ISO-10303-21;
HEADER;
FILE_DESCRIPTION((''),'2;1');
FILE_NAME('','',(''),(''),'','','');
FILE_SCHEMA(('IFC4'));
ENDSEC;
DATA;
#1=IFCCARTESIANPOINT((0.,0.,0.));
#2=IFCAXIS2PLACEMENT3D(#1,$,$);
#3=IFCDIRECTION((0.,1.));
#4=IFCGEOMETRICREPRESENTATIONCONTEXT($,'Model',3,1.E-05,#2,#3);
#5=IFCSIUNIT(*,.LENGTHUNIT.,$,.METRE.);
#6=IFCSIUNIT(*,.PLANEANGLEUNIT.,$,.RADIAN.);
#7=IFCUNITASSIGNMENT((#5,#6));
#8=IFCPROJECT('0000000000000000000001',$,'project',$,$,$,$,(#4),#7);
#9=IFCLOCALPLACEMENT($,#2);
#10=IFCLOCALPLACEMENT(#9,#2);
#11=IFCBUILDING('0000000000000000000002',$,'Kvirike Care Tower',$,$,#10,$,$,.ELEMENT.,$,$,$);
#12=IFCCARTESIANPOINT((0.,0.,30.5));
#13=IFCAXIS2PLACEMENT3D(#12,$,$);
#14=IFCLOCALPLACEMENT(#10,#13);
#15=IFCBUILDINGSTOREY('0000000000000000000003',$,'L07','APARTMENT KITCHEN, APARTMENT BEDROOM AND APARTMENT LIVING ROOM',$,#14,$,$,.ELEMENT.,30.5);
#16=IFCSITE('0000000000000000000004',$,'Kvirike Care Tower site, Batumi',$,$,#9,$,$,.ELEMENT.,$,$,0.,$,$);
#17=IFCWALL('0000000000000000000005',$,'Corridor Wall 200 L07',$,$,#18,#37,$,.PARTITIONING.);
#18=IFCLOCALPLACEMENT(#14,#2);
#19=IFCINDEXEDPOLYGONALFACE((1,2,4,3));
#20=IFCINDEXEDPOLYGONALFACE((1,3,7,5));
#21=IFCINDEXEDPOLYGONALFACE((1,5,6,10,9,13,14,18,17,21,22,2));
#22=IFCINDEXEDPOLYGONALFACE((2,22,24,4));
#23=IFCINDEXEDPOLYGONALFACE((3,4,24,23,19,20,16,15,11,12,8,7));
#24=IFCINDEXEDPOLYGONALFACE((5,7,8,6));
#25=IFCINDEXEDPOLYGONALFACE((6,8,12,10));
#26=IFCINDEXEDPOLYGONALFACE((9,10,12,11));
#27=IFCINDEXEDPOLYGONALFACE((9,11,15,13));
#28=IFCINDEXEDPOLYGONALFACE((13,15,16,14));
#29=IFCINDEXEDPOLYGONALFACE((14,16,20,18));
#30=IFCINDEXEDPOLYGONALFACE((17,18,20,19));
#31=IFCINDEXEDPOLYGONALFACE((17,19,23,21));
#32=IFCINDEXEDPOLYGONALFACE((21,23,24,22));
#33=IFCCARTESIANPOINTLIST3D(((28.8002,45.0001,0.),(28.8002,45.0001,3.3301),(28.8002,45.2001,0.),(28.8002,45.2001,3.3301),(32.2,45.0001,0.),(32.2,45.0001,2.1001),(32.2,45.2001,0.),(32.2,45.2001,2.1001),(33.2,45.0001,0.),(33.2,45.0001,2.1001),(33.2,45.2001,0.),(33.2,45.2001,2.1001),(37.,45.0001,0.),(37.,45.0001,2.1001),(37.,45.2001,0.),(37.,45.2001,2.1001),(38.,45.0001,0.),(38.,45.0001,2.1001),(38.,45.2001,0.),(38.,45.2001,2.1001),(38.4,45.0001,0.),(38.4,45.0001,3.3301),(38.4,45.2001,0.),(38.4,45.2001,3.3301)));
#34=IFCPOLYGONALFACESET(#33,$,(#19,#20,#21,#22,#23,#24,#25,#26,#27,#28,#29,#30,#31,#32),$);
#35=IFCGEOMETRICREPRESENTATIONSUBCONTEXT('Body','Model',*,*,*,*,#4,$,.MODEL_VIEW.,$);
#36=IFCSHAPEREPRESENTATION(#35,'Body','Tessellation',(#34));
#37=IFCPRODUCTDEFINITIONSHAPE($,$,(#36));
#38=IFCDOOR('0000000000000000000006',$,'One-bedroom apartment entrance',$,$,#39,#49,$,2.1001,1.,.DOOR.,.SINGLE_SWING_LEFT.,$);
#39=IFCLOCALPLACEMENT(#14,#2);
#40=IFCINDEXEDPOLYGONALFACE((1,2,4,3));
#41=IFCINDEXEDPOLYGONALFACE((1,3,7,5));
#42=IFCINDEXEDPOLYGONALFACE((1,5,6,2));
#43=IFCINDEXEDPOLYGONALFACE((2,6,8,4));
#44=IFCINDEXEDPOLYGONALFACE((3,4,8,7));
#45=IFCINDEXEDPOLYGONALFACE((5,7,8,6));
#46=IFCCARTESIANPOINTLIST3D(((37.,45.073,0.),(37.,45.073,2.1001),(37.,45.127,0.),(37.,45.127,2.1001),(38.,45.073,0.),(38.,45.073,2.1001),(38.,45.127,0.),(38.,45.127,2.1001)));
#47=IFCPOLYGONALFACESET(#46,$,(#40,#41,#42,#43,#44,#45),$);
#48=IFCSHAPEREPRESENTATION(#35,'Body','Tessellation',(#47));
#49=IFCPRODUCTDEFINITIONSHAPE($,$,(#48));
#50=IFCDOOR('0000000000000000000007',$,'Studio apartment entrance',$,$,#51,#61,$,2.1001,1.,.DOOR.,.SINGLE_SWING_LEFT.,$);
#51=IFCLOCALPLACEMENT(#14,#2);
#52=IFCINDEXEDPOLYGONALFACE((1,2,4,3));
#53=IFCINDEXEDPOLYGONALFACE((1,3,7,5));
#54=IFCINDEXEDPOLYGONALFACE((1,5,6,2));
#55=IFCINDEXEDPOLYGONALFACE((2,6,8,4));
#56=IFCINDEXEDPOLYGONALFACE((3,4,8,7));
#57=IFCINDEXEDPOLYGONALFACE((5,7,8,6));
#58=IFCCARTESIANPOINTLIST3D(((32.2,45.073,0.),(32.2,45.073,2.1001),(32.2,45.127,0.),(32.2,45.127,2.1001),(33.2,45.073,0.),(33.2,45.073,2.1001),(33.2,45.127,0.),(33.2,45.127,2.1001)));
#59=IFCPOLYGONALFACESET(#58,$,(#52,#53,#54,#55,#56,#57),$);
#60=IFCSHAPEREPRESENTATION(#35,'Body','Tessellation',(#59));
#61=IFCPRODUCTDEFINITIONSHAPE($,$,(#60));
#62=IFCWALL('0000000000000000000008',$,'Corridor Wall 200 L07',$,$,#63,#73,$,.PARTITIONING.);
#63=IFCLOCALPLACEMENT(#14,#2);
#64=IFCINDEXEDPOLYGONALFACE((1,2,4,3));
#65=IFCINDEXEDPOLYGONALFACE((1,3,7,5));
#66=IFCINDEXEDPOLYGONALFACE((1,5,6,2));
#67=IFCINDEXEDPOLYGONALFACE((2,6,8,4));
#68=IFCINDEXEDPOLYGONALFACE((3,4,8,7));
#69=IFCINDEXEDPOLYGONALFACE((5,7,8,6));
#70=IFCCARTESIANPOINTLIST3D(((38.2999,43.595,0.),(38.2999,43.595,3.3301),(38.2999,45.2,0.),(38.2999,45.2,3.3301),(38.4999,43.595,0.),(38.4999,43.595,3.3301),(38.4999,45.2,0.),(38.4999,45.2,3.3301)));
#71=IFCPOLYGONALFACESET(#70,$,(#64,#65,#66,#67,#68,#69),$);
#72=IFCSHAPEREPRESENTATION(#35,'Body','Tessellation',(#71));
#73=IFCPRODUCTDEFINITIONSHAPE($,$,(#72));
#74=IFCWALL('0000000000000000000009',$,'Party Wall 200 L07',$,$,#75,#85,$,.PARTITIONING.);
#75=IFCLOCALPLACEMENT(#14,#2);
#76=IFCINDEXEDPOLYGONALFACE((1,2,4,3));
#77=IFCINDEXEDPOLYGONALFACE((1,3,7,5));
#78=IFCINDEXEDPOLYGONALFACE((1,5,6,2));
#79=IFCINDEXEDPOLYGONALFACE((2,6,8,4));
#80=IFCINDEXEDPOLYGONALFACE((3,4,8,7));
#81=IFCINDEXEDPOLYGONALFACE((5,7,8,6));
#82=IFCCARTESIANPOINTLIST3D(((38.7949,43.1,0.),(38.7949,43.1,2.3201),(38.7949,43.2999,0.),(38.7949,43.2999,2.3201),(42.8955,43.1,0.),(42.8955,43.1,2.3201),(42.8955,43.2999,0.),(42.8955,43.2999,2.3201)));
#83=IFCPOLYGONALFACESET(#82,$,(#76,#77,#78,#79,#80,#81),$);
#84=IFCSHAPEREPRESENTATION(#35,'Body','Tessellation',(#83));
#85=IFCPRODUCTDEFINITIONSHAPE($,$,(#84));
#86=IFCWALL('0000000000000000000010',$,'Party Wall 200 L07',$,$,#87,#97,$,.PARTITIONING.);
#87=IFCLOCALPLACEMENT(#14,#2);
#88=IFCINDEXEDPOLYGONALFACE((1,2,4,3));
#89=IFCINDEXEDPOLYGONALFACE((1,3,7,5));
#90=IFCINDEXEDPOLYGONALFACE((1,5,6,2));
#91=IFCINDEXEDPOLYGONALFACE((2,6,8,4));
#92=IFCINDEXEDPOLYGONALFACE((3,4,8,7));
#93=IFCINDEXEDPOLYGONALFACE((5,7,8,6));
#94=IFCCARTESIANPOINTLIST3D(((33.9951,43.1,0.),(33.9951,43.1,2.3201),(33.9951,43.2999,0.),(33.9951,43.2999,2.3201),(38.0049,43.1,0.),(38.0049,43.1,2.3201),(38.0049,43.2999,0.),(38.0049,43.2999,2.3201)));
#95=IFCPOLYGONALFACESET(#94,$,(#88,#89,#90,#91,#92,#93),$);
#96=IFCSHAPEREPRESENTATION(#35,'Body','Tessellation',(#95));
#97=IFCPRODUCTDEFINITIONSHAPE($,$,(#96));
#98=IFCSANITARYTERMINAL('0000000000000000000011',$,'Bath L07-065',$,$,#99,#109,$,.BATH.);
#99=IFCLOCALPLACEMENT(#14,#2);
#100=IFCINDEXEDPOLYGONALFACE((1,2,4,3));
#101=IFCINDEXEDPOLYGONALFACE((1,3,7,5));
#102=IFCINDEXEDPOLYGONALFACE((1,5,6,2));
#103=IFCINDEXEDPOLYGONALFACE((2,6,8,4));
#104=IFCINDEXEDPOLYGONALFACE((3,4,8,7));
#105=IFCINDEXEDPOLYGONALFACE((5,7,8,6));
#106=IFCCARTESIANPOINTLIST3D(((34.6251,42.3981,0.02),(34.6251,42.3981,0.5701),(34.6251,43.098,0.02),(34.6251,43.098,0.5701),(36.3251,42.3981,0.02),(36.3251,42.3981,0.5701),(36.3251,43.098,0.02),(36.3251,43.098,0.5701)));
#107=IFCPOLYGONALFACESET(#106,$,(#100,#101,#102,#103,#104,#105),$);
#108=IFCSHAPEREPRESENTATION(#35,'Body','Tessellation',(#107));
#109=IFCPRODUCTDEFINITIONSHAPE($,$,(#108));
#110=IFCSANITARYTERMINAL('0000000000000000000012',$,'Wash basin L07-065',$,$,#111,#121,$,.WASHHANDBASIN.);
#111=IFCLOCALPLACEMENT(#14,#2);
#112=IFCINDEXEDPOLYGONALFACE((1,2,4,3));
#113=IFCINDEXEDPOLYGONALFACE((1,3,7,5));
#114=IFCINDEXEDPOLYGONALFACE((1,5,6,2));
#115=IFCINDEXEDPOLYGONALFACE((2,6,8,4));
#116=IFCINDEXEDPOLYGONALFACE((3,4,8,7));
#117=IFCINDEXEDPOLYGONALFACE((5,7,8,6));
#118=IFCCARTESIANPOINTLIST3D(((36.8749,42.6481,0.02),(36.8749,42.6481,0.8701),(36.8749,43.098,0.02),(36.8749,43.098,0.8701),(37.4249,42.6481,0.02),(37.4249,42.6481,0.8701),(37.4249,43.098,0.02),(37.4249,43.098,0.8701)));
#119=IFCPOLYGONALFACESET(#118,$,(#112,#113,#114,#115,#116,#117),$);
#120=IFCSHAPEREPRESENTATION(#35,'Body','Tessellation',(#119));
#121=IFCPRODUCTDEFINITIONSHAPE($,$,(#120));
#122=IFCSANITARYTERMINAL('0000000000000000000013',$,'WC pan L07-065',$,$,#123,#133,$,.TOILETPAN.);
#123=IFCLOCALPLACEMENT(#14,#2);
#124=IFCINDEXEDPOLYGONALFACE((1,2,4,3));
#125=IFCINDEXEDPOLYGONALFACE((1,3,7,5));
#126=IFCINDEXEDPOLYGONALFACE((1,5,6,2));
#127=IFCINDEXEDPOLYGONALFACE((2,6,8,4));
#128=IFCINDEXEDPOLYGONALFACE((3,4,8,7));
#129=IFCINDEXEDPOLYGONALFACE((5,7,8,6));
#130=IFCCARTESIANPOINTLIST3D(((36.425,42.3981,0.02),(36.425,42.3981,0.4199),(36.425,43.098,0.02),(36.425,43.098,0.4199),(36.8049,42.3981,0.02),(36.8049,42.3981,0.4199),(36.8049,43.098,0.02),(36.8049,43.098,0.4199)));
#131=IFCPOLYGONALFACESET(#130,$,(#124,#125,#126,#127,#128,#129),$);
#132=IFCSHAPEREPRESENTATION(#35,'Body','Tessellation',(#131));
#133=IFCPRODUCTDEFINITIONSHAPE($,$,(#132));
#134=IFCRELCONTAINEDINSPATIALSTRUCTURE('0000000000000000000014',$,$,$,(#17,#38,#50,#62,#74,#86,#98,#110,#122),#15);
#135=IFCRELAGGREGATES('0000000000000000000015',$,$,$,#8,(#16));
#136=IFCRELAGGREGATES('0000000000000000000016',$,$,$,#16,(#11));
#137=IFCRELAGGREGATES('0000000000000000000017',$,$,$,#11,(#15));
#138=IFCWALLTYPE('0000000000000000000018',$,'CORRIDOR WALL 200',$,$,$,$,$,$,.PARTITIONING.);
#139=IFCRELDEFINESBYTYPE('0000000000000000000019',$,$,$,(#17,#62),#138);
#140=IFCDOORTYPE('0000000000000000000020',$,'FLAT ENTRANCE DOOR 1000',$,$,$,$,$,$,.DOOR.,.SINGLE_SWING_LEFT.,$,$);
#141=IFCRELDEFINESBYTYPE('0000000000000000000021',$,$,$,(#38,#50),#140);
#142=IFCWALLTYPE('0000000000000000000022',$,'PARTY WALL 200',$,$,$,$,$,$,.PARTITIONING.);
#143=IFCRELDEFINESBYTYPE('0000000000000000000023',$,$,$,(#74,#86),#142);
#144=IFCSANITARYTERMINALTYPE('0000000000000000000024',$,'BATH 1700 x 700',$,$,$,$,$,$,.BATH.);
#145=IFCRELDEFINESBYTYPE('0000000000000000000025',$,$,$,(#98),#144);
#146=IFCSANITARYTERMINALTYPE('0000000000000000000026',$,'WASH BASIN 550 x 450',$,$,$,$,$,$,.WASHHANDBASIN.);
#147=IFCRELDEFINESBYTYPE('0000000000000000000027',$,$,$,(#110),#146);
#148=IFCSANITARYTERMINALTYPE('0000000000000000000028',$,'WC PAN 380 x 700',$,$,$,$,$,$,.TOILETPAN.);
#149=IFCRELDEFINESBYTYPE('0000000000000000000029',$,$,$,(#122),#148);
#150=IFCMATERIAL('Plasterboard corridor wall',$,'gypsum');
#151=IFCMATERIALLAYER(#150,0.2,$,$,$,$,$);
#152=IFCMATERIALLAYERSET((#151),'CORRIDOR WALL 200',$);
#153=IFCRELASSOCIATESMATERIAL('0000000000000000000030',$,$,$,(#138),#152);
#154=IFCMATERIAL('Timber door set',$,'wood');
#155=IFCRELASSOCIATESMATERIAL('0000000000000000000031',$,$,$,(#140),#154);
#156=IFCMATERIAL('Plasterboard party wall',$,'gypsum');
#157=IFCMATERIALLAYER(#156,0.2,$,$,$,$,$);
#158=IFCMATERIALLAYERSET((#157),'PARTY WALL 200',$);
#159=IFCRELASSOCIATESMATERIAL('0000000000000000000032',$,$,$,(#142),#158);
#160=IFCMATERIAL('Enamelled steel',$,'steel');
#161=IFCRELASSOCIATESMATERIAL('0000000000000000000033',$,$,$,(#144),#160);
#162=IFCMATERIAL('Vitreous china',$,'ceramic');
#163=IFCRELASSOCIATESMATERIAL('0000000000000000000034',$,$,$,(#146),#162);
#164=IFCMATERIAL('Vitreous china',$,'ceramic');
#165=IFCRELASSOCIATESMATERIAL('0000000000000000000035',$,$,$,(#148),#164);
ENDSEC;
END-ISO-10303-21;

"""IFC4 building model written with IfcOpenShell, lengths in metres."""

from ifc_helpers import new_model, si_unit, direction, frame, frame_2d, origin, origin_2d, place, context, subcontext, project, spatial, rectangle, extrude, material, layer, layer_set, type_object, element, fill, save


model = new_model("IFC4")

# Units and contexts
model_context = context("Model", 3, precision=1e-05, world=origin(), true_north=direction((0.0, 1.0)))
body_context = subcontext(model_context, "Body", "Model", "MODEL_VIEW")
ifc_project = project(units=[si_unit("LENGTHUNIT", "METRE"), si_unit("PLANEANGLEUNIT", "RADIAN")], contexts=[model_context])

# Site, building, storey
site_placement = place(None, origin())
site = spatial("IfcSite", under=ifc_project, at=site_placement, Name="Kvirike Care Tower site, Batumi", CompositionType="ELEMENT", RefElevation=0.0)
building_placement = place(site_placement, origin())
building = spatial("IfcBuilding", under=site, at=building_placement, Name="Kvirike Care Tower", CompositionType="ELEMENT")
storey_placement = place(building_placement, frame((0.0, 0.0, 30.5)))
storey = spatial("IfcBuildingStorey", under=building, at=storey_placement, Name="L07", Description="APARTMENT KITCHEN, APARTMENT BEDROOM AND APARTMENT LIVING ROOM", CompositionType="ELEMENT", Elevation=30.5)

# Wall, openings, doors
ifc_material_1 = material(Name="Plasterboard corridor wall", Category="gypsum")
ifc_layer_1 = layer(ifc_material_1, 0.2)
ifc_layer_set_1 = layer_set([ifc_layer_1], Name="CORRIDOR WALL 200")
wall_type_1 = type_object("IfcWallType", Name="CORRIDOR WALL 200", PredefinedType="PARTITIONING", material=ifc_layer_set_1)
wall_1_placement = place(storey_placement, frame((38.3999, 45.1001, 0.0), z_axis=(0.0, 0.0, 1.0), x_axis=(-1.0, 0.0, 0.0)))
wall_1 = element("IfcWall", 1, at=wall_1_placement, inside=storey, type_object=wall_type_1, Name="Corridor Wall 200 L07", PredefinedType="PARTITIONING", context=body_context, shape_type="SweptSolid", body=[
    extrude(rectangle(XDim=9.5999, YDim=0.2, at=frame_2d((4.7998, 0.0))), origin(), (0.0, 0.0, 1.0), 3.3301),
])
opening_1_placement = place(wall_1_placement, frame((0.3999, 0.0, 0.0)))
opening_1 = element("IfcOpeningElement", 2, at=opening_1_placement, cuts=wall_1, PredefinedType="OPENING", context=body_context, shape_type="SweptSolid", body=[
    extrude(rectangle(XDim=1.0, YDim=2.1001, at=frame_2d((0.5, 1.05))), frame((0.0, 0.1106, 0.0), z_axis=(0.0, -1.0, 0.0), x_axis=(1.0, 0.0, 0.0)), (0.0, 0.0, 1.0), 0.2209),
])
opening_2_placement = place(wall_1_placement, frame((5.2, 0.0, 0.0)))
opening_2 = element("IfcOpeningElement", 3, at=opening_2_placement, cuts=wall_1, PredefinedType="OPENING", context=body_context, shape_type="SweptSolid", body=[
    extrude(rectangle(XDim=1.0, YDim=2.1001, at=frame_2d((0.5, 1.05))), frame((0.0, 0.1106, 0.0), z_axis=(0.0, -1.0, 0.0), x_axis=(1.0, 0.0, 0.0)), (0.0, 0.0, 1.0), 0.2209),
])
ifc_material_2 = material(Name="Timber door set", Category="wood")
door_type_1 = type_object("IfcDoorType", Name="FLAT ENTRANCE DOOR 1000", OperationType="SINGLE_SWING_LEFT", PredefinedType="DOOR", material=ifc_material_2)
door_1_placement = place(opening_1_placement, frame((1.0, 0.0, 0.0), z_axis=(0.0, 0.0, 1.0), x_axis=(-1.0, 0.0, 0.0)))
door_1 = element("IfcDoor", 4, at=door_1_placement, inside=storey, type_object=door_type_1, Name="One-bedroom apartment entrance", OperationType="SINGLE_SWING_LEFT", OverallHeight=2.1001, OverallWidth=1.0, PredefinedType="DOOR", context=body_context, shape_type="SweptSolid", body=[
    extrude(rectangle(XDim=1.0, YDim=2.1001, at=frame_2d((0.5, 1.05))), frame((0.0, 0.0269, 0.0), z_axis=(0.0, -1.0, 0.0), x_axis=(1.0, 0.0, 0.0)), (0.0, 0.0, 1.0), 0.054),
])
fill(opening_1, door_1)
door_2_placement = place(opening_2_placement, frame((1.0, 0.0, 0.0), z_axis=(0.0, 0.0, 1.0), x_axis=(-1.0, 0.0, 0.0)))
door_2 = element("IfcDoor", 5, at=door_2_placement, inside=storey, type_object=door_type_1, Name="Studio apartment entrance", OperationType="SINGLE_SWING_LEFT", OverallHeight=2.1001, OverallWidth=1.0, PredefinedType="DOOR", context=body_context, shape_type="SweptSolid", body=[
    extrude(rectangle(XDim=1.0, YDim=2.1001, at=frame_2d((0.5, 1.05))), frame((0.0, 0.0269, 0.0), z_axis=(0.0, -1.0, 0.0), x_axis=(1.0, 0.0, 0.0)), (0.0, 0.0, 1.0), 0.054),
])
fill(opening_2, door_2)

# Walls
wall_2_placement = place(storey_placement, frame((38.3999, 45.2, 0.0), z_axis=(0.0, 0.0, 1.0), x_axis=(0.0, -1.0, 0.0)))
element("IfcWall", 6, at=wall_2_placement, inside=storey, type_object=wall_type_1, Name="Corridor Wall 200 L07", PredefinedType="PARTITIONING", context=body_context, shape_type="SweptSolid", body=[
    extrude(rectangle(XDim=1.605, YDim=0.2, at=frame_2d((0.8025, 0.0))), origin(), (0.0, 0.0, 1.0), 3.3301),
])
ifc_material_3 = material(Name="Plasterboard party wall", Category="gypsum")
ifc_layer_2 = layer(ifc_material_3, 0.2)
ifc_layer_set_2 = layer_set([ifc_layer_2], Name="PARTY WALL 200")
wall_type_2 = type_object("IfcWallType", Name="PARTY WALL 200", PredefinedType="PARTITIONING", material=ifc_layer_set_2)
wall_3_placement = place(storey_placement, frame((42.8955, 43.2, 0.0), z_axis=(0.0, 0.0, 1.0), x_axis=(-1.0, 0.0, 0.0)))
element("IfcWall", 7, at=wall_3_placement, inside=storey, type_object=wall_type_2, Name="Party Wall 200 L07", PredefinedType="PARTITIONING", context=body_context, shape_type="SweptSolid", body=[
    extrude(rectangle(XDim=4.1006, YDim=0.2, at=frame_2d((2.0503, 0.0))), origin(), (0.0, 0.0, 1.0), 2.3201),
])
wall_4_placement = place(storey_placement, frame((38.0049, 43.2, 0.0), z_axis=(0.0, 0.0, 1.0), x_axis=(-1.0, 0.0, 0.0)))
element("IfcWall", 8, at=wall_4_placement, inside=storey, type_object=wall_type_2, Name="Party Wall 200 L07", PredefinedType="PARTITIONING", context=body_context, shape_type="SweptSolid", body=[
    extrude(rectangle(XDim=4.0098, YDim=0.2, at=frame_2d((2.0049, 0.0))), origin(), (0.0, 0.0, 1.0), 2.3201),
])

# Sanitary terminals
ifc_material_4 = material(Name="Enamelled steel", Category="steel")
sanitary_terminal_type_1 = type_object("IfcSanitaryTerminalType", Name="BATH 1700 x 700", PredefinedType="BATH", material=ifc_material_4)
sanitary_terminal_1_placement = place(storey_placement, frame((35.4751, 42.748, 0.02), z_axis=(0.0, 0.0, 1.0), x_axis=(1.0, 0.0, 0.0)))
element("IfcSanitaryTerminal", 9, at=sanitary_terminal_1_placement, inside=storey, type_object=sanitary_terminal_type_1, Name="Bath L07-065", PredefinedType="BATH", context=body_context, shape_type="SweptSolid", body=[
    extrude(rectangle(XDim=1.7, YDim=0.7, at=origin_2d()), origin(), (0.0, 0.0, 1.0), 0.55),
])
ifc_material_5 = material(Name="Vitreous china", Category="ceramic")
sanitary_terminal_type_2 = type_object("IfcSanitaryTerminalType", Name="WASH BASIN 550 x 450", PredefinedType="WASHHANDBASIN", material=ifc_material_5)
sanitary_terminal_2_placement = place(storey_placement, frame((37.1499, 42.873, 0.02), z_axis=(0.0, 0.0, 1.0), x_axis=(1.0, 0.0, 0.0)))
element("IfcSanitaryTerminal", 10, at=sanitary_terminal_2_placement, inside=storey, type_object=sanitary_terminal_type_2, Name="Wash basin L07-065", PredefinedType="WASHHANDBASIN", context=body_context, shape_type="SweptSolid", body=[
    extrude(rectangle(XDim=0.55, YDim=0.45, at=origin_2d()), origin(), (0.0, 0.0, 1.0), 0.8501),
])
ifc_material_6 = material(Name="Vitreous china", Category="ceramic")
sanitary_terminal_type_3 = type_object("IfcSanitaryTerminalType", Name="WC PAN 380 x 700", PredefinedType="TOILETPAN", material=ifc_material_6)
sanitary_terminal_3_placement = place(storey_placement, frame((36.615, 42.748, 0.02), z_axis=(0.0, 0.0, 1.0), x_axis=(1.0, 0.0, 0.0)))
element("IfcSanitaryTerminal", 11, at=sanitary_terminal_3_placement, inside=storey, type_object=sanitary_terminal_type_3, Name="WC pan L07-065", PredefinedType="TOILETPAN", context=body_context, shape_type="SweptSolid", body=[
    extrude(rectangle(XDim=0.3799, YDim=0.7, at=origin_2d()), origin(), (0.0, 0.0, 1.0), 0.3999),
])

save(model, "model.ifc")
